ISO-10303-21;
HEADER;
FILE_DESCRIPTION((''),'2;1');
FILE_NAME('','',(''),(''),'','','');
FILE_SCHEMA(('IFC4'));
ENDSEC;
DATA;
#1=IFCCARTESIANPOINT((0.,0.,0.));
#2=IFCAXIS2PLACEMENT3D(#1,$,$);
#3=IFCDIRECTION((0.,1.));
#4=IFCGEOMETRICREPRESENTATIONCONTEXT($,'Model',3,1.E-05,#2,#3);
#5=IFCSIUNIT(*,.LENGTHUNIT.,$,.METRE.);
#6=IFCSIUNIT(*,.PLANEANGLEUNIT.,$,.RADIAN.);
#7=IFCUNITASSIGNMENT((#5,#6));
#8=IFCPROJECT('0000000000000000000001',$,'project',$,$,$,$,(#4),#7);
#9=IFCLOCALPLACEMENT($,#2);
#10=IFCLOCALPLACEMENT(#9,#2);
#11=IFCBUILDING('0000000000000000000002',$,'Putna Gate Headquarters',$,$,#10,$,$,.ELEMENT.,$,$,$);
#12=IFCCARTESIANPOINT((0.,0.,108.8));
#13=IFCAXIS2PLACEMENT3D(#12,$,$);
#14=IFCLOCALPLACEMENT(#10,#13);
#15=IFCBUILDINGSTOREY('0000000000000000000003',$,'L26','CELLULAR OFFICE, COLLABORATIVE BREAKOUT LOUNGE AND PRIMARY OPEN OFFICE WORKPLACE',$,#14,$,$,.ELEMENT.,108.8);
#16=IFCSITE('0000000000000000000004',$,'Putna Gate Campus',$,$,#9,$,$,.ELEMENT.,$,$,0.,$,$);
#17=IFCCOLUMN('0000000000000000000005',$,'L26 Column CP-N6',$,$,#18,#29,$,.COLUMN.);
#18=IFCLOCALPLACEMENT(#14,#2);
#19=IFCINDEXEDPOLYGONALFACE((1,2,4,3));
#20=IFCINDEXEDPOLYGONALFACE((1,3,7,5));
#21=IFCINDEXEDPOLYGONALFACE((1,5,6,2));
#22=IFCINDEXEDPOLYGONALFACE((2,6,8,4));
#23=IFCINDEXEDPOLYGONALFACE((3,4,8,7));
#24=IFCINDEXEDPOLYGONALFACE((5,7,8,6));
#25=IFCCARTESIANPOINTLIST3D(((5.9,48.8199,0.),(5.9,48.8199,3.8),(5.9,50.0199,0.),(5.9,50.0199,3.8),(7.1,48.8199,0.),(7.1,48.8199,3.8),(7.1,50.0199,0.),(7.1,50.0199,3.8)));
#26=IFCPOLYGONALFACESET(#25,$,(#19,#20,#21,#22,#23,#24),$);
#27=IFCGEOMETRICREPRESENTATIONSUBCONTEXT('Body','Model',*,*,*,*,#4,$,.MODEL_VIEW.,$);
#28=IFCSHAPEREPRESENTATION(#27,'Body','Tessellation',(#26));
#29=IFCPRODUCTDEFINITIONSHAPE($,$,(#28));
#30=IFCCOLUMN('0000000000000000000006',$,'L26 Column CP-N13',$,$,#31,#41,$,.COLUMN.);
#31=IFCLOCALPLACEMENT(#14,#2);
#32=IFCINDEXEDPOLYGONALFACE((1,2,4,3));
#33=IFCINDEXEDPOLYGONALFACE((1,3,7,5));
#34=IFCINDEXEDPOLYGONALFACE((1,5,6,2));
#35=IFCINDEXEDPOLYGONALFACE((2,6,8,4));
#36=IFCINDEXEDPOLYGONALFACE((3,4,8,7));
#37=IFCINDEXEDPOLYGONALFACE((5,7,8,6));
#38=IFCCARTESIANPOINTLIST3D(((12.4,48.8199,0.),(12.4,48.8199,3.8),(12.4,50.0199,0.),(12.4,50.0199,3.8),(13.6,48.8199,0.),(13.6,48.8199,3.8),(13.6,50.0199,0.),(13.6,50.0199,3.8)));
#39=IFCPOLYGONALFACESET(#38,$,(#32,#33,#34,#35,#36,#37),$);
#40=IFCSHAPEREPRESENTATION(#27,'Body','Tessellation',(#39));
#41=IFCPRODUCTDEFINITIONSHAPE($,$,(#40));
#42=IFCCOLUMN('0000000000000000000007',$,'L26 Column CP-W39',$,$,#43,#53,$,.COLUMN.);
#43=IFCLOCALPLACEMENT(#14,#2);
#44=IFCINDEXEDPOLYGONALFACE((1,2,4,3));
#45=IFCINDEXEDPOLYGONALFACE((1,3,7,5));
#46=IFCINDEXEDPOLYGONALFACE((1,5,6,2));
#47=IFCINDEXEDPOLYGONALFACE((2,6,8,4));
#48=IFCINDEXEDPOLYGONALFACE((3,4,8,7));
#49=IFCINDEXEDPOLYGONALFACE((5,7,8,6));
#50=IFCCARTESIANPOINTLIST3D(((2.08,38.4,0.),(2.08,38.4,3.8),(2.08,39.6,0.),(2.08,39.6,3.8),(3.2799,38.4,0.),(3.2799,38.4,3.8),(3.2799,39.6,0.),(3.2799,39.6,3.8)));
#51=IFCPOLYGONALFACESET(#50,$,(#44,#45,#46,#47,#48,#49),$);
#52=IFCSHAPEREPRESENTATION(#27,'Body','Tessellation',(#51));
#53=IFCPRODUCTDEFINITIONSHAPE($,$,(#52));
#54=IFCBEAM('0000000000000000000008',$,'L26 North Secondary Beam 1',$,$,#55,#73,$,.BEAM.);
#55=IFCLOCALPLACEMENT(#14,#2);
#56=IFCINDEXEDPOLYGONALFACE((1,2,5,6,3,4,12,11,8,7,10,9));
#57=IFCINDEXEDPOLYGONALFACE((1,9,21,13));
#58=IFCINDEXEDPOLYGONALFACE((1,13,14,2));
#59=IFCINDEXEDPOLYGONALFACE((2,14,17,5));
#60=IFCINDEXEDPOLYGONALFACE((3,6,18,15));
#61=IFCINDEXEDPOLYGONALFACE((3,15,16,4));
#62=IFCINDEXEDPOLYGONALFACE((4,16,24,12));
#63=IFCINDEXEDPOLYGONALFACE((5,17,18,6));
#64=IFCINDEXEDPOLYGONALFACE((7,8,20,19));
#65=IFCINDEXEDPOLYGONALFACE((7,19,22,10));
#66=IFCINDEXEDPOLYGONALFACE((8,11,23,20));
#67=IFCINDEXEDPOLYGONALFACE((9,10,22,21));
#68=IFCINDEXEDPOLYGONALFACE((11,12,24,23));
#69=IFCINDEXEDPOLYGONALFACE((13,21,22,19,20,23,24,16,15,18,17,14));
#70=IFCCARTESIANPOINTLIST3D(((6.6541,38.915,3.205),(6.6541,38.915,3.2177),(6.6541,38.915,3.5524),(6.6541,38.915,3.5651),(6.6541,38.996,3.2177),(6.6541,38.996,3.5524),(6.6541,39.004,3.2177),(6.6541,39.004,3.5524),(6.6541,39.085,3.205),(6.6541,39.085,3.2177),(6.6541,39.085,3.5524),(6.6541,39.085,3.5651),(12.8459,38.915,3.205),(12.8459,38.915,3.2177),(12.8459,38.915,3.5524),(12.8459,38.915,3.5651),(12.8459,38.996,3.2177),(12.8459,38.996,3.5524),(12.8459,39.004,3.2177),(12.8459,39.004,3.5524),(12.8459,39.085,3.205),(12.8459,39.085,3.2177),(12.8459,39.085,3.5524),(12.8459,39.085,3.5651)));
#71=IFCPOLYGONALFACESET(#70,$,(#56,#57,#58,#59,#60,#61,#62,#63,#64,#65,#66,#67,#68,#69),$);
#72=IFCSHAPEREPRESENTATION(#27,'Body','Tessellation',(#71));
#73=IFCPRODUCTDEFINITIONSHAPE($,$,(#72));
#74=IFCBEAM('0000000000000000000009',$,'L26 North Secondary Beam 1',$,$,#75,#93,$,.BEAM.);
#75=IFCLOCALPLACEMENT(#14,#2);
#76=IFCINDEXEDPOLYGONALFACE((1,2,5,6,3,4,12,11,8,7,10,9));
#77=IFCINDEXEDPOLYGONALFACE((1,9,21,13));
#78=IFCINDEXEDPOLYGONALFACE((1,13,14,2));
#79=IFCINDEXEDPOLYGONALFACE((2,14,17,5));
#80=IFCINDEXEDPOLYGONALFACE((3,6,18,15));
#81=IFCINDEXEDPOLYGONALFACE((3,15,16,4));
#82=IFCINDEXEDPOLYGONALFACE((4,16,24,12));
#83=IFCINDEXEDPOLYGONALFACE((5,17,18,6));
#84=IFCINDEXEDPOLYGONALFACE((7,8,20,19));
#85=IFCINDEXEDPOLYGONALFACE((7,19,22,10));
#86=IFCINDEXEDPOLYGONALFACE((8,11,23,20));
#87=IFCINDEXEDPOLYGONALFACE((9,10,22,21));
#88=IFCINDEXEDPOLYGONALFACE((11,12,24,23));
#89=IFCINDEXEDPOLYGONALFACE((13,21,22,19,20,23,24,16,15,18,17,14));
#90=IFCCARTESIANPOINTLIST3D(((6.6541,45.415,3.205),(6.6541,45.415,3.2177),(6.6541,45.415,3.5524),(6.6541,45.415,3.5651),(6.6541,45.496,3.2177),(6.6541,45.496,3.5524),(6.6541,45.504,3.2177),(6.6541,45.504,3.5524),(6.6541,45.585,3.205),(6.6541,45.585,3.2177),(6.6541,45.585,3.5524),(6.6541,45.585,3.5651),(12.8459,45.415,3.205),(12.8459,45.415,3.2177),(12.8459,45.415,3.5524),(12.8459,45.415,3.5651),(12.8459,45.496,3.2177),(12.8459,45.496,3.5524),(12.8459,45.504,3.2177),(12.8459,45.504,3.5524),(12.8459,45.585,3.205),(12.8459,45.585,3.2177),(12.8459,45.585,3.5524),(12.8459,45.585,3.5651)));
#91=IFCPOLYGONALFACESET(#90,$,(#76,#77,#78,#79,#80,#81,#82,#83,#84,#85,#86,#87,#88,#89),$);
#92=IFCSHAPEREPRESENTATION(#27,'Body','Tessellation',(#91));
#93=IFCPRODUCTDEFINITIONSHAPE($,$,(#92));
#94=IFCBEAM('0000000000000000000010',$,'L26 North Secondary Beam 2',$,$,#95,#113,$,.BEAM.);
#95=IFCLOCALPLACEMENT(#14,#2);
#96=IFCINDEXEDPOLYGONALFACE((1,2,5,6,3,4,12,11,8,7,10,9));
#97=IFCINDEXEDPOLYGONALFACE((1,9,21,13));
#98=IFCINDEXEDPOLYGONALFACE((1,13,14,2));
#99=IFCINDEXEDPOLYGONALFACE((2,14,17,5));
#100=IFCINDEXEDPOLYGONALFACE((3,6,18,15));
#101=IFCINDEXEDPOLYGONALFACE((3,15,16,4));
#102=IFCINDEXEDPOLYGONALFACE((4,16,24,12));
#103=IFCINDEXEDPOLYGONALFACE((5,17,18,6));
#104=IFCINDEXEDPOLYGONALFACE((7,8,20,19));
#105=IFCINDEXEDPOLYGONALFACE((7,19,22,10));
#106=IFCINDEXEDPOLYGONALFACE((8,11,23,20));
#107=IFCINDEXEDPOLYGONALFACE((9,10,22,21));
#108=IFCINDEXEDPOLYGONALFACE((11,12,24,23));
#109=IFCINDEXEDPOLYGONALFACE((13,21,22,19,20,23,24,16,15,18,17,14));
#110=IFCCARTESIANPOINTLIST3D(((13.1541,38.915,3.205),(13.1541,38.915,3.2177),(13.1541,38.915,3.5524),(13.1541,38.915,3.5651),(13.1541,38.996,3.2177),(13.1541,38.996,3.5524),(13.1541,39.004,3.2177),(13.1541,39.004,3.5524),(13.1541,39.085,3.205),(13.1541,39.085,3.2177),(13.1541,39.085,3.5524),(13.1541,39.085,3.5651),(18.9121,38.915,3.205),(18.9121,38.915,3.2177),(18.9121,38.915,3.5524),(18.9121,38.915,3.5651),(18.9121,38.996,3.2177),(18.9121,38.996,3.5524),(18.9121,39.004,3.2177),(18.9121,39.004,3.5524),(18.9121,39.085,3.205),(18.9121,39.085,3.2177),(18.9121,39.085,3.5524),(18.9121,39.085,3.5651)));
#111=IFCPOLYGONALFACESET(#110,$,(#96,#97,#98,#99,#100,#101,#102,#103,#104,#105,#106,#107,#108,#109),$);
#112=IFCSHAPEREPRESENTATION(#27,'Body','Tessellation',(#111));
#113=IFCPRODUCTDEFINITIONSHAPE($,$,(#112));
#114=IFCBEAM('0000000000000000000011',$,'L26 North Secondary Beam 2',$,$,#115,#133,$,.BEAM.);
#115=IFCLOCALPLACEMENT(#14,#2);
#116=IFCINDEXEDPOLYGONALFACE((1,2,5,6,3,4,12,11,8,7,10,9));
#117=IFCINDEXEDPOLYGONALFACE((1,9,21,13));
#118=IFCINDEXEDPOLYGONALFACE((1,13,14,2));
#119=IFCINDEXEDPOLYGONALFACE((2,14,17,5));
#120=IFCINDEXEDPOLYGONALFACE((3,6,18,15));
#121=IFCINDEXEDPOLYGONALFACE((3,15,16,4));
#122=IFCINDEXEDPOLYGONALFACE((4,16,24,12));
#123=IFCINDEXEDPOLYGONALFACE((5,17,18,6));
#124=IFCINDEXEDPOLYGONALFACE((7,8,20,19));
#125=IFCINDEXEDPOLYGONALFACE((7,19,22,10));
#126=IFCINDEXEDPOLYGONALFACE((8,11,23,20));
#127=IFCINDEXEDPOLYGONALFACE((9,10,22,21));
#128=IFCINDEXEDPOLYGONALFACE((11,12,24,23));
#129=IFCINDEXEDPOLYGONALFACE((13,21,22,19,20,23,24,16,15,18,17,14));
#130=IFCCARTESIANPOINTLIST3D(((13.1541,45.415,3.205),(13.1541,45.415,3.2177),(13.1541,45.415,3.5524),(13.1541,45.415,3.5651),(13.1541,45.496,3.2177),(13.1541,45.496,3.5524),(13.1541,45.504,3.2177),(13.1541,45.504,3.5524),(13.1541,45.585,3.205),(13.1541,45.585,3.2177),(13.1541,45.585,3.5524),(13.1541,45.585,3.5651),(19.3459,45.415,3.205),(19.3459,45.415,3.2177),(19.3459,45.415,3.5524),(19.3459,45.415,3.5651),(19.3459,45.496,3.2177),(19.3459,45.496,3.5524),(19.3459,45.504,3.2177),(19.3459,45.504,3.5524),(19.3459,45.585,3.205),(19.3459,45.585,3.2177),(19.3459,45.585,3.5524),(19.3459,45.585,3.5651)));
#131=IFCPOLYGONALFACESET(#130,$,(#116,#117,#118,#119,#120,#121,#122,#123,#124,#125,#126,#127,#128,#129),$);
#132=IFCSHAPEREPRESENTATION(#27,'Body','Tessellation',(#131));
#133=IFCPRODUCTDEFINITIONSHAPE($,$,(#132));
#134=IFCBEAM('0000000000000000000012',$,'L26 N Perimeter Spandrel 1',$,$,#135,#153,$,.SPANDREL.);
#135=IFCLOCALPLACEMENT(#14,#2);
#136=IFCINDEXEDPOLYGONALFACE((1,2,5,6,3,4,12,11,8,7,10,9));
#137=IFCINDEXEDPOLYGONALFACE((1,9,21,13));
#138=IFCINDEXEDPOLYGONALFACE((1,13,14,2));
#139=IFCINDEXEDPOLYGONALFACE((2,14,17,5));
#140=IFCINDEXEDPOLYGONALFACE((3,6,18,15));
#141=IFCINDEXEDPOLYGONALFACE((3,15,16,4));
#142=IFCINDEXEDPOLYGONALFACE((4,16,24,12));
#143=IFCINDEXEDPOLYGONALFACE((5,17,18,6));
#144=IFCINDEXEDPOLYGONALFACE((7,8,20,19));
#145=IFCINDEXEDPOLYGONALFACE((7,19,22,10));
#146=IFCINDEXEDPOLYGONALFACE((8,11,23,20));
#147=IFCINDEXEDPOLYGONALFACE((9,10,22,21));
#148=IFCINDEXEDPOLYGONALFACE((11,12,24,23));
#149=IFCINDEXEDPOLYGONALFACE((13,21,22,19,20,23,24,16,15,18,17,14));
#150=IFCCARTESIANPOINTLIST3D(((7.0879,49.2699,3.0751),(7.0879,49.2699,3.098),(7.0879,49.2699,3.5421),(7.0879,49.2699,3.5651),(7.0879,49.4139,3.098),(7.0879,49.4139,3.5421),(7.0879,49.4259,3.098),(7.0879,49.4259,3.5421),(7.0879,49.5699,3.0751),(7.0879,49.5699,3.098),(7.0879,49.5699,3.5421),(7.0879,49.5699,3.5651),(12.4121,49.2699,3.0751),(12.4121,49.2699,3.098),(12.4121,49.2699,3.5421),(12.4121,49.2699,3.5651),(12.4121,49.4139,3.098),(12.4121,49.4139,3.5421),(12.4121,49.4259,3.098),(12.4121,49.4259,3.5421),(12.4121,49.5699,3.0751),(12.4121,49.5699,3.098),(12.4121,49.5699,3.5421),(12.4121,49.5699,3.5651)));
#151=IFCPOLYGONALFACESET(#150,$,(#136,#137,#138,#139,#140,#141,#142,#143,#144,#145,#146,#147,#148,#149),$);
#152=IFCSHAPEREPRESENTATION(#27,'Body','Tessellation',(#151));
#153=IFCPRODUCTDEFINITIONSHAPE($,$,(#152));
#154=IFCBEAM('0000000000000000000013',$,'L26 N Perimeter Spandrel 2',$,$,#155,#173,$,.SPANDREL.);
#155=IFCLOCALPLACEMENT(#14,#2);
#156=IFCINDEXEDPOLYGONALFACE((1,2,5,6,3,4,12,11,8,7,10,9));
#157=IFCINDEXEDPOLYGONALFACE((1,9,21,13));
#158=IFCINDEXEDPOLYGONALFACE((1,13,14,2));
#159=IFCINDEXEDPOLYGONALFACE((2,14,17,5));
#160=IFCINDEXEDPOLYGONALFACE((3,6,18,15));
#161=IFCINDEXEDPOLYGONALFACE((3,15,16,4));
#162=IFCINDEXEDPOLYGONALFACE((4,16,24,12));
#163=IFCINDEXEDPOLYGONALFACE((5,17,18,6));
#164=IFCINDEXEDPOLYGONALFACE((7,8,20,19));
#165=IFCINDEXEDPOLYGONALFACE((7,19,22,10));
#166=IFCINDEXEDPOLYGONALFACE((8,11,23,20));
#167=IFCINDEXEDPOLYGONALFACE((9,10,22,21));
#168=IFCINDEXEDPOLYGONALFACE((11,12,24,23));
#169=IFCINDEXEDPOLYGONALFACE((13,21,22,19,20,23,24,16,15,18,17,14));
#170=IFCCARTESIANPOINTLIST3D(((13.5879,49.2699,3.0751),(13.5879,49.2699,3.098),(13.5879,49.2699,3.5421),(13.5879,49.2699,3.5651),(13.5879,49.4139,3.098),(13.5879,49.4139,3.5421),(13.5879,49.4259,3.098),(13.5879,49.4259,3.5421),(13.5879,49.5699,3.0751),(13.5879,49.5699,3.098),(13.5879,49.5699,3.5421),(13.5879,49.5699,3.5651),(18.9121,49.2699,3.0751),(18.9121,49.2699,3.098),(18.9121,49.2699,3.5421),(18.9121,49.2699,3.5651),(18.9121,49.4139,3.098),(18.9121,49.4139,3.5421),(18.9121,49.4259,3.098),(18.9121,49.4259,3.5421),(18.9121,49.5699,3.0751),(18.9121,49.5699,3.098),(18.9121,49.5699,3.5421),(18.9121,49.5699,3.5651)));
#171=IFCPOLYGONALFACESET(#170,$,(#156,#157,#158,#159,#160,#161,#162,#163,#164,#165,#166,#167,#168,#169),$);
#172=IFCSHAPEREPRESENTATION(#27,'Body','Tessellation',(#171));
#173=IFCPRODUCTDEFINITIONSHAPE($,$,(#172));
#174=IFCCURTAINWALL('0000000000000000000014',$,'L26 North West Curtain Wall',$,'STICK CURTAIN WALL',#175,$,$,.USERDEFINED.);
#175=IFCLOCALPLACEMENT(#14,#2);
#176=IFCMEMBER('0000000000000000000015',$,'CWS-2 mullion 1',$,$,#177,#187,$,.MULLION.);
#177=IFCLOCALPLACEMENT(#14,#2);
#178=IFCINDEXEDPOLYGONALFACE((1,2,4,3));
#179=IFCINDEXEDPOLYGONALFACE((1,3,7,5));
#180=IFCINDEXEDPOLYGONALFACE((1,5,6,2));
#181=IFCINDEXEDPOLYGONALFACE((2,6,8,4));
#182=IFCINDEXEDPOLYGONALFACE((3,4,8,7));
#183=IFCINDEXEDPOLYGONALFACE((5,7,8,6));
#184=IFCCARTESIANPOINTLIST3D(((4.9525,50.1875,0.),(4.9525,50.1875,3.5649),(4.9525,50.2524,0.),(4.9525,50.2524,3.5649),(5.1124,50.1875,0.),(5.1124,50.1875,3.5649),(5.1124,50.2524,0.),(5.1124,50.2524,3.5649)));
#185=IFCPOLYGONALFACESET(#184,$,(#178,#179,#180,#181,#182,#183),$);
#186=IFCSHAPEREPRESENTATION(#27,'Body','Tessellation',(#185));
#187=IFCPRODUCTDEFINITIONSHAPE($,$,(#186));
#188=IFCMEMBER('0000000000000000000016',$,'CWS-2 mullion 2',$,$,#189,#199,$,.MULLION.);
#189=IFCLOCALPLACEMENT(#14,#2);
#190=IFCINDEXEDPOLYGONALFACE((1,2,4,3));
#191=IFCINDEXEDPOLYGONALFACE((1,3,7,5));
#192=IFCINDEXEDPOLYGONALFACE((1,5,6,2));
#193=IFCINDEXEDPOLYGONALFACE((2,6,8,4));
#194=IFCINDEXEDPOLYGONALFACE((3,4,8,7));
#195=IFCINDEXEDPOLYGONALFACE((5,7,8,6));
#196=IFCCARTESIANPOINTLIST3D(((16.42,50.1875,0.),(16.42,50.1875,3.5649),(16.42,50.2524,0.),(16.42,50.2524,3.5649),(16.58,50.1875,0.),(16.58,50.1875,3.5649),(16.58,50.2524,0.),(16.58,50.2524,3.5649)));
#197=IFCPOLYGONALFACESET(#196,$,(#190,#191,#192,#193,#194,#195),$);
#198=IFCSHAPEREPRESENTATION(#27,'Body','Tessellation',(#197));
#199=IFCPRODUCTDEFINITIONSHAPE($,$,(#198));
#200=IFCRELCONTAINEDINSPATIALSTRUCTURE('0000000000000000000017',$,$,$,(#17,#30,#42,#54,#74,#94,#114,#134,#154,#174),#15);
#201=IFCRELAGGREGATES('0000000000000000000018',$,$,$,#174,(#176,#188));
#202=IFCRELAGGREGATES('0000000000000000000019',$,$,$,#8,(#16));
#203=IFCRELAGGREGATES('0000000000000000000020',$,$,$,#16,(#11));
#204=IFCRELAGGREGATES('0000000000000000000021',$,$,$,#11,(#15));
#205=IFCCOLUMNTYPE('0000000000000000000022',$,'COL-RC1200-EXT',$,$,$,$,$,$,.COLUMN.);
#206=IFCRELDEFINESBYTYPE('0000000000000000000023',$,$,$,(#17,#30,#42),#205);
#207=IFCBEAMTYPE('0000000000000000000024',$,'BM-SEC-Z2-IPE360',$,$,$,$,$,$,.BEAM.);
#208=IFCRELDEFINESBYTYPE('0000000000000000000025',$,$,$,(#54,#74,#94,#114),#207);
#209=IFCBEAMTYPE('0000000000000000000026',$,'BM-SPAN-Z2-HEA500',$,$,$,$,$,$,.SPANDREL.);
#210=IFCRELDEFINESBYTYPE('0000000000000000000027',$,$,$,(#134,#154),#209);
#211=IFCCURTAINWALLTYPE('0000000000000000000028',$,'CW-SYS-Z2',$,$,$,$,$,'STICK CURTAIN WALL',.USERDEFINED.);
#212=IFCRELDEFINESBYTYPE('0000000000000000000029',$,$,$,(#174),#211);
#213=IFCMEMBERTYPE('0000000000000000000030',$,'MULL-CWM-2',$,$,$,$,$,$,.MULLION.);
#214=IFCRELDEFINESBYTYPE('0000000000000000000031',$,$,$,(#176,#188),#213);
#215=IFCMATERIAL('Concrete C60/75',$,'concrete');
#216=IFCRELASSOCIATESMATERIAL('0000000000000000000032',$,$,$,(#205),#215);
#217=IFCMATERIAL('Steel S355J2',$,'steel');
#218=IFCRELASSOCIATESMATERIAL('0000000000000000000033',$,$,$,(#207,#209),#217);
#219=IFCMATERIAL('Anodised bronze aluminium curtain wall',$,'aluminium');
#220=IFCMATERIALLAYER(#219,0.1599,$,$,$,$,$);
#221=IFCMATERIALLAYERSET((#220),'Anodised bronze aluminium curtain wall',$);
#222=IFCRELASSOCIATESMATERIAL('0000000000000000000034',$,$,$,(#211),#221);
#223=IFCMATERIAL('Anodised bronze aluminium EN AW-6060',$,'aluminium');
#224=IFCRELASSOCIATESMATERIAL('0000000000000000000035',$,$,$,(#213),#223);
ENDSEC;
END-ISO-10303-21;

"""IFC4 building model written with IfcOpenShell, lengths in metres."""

from ifc_helpers import new_model, si_unit, direction, frame, origin, origin_2d, place, context, subcontext, project, spatial, rectangle, i_section, extrude, material, layer, layer_set, material_profile, profile_set, type_object, element, aggregate, save


model = new_model("IFC4")

# Units and contexts
model_context = context("Model", 3, precision=1e-05, world=origin(), true_north=direction((0.0, 1.0)))
body_context = subcontext(model_context, "Body", "Model", "MODEL_VIEW")
ifc_project = project(units=[si_unit("LENGTHUNIT", "METRE"), si_unit("PLANEANGLEUNIT", "RADIAN")], contexts=[model_context])

# Site, building, storey
site_placement = place(None, origin())
site = spatial("IfcSite", under=ifc_project, at=site_placement, Name="Putna Gate Campus", CompositionType="ELEMENT", RefElevation=0.0)
building_placement = place(site_placement, origin())
building = spatial("IfcBuilding", under=site, at=building_placement, Name="Putna Gate Headquarters", CompositionType="ELEMENT")
storey_placement = place(building_placement, frame((0.0, 0.0, 108.8)))
storey = spatial("IfcBuildingStorey", under=building, at=storey_placement, Name="L26", Description="CELLULAR OFFICE, COLLABORATIVE BREAKOUT LOUNGE AND PRIMARY OPEN OFFICE WORKPLACE", CompositionType="ELEMENT", Elevation=108.8)

# Columns
ifc_material_1 = material(Name="Concrete C60/75", Category="concrete")
ifc_material_profile_1 = material_profile(ifc_material_1, rectangle(XDim=1.2, YDim=1.2, at=origin_2d()), Name="Concrete C60/75")
ifc_profile_set_1 = profile_set([ifc_material_profile_1], Name="Concrete C60/75")
column_type = type_object("IfcColumnType", Name="COL-RC1200-EXT", PredefinedType="COLUMN", material=ifc_profile_set_1)
for number, where, z_axis, x_axis, name in (
    (1, (6.5, 49.4199, 0.0), (0.0, 0.0, 1.0), (1.0, 0.0, 0.0), "L26 Column CP-N6"),
    (2, (13.0, 49.4199, 0.0), (0.0, 0.0, 1.0), (1.0, 0.0, 0.0), "L26 Column CP-N13"),
    (3, (2.6799, 39.0, 0.0), (0.0, 0.0, 1.0), (1.0, 0.0, 0.0), "L26 Column CP-W39"),
):
    element("IfcColumn", number, at=place(storey_placement, frame(where, z_axis=z_axis, x_axis=x_axis)), inside=storey, type_object=column_type, Name=name, PredefinedType="COLUMN", context=body_context, shape_type="SweptSolid", body=[
        extrude(rectangle(XDim=1.2, YDim=1.2, at=origin_2d()), origin(), (0.0, 0.0, 1.0), 3.8),
    ])

# Beams
ifc_material_2 = material(Name="Steel S355J2", Category="steel")
ifc_material_profile_2 = material_profile(ifc_material_2, i_section(OverallWidth=0.1699, OverallDepth=0.3601, WebThickness=0.0081, FlangeThickness=0.0127, at=origin_2d()), Name="Steel S355J2")
ifc_profile_set_2 = profile_set([ifc_material_profile_2], Name="Steel S355J2")
beam_type_1 = type_object("IfcBeamType", Name="BM-SEC-Z2-IPE360", PredefinedType="BEAM", material=ifc_profile_set_2)
for number, where, z_axis, x_axis, name in (
    (4, (6.6541, 39.0, 3.385), (1.0, 0.0, 0.0), (0.0, 1.0, 0.0), "L26 North Secondary Beam 1"),
    (5, (6.6541, 45.5, 3.385), (1.0, 0.0, 0.0), (0.0, 1.0, 0.0), "L26 North Secondary Beam 1"),
):
    element("IfcBeam", number, at=place(storey_placement, frame(where, z_axis=z_axis, x_axis=x_axis)), inside=storey, type_object=beam_type_1, Name=name, PredefinedType="BEAM", context=body_context, shape_type="SweptSolid", body=[
        extrude(i_section(OverallWidth=0.1699, OverallDepth=0.3601, WebThickness=0.0081, FlangeThickness=0.0127, at=origin_2d()), origin(), (0.0, 0.0, 1.0), 6.1919),
    ])
beam_1_placement = place(storey_placement, frame((13.1541, 39.0, 3.385), z_axis=(1.0, 0.0, 0.0), x_axis=(0.0, 1.0, 0.0)))
element("IfcBeam", 6, at=beam_1_placement, inside=storey, type_object=beam_type_1, Name="L26 North Secondary Beam 2", PredefinedType="BEAM", context=body_context, shape_type="SweptSolid", body=[
    extrude(i_section(OverallWidth=0.1699, OverallDepth=0.3601, WebThickness=0.0081, FlangeThickness=0.0127, at=origin_2d()), origin(), (0.0, 0.0, 1.0), 5.7581),
])
beam_2_placement = place(storey_placement, frame((13.1541, 45.5, 3.385), z_axis=(1.0, 0.0, 0.0), x_axis=(0.0, 1.0, 0.0)))
element("IfcBeam", 7, at=beam_2_placement, inside=storey, type_object=beam_type_1, Name="L26 North Secondary Beam 2", PredefinedType="BEAM", context=body_context, shape_type="SweptSolid", body=[
    extrude(i_section(OverallWidth=0.1699, OverallDepth=0.3601, WebThickness=0.0081, FlangeThickness=0.0127, at=origin_2d()), origin(), (0.0, 0.0, 1.0), 6.1919),
])
ifc_material_profile_3 = material_profile(ifc_material_2, i_section(OverallWidth=0.3, OverallDepth=0.49, WebThickness=0.012, FlangeThickness=0.0229, at=origin_2d()), Name="Steel S355J2")
ifc_profile_set_3 = profile_set([ifc_material_profile_3], Name="Steel S355J2")
beam_type_2 = type_object("IfcBeamType", Name="BM-SPAN-Z2-HEA500", PredefinedType="SPANDREL", material=ifc_profile_set_3)
for number, where, z_axis, x_axis, name in (
    (8, (7.0879, 49.4199, 3.3201), (1.0, 0.0, 0.0), (0.0, 1.0, 0.0), "L26 N Perimeter Spandrel 1"),
    (9, (13.5879, 49.4199, 3.3201), (1.0, 0.0, 0.0), (0.0, 1.0, 0.0), "L26 N Perimeter Spandrel 2"),
):
    element("IfcBeam", number, at=place(storey_placement, frame(where, z_axis=z_axis, x_axis=x_axis)), inside=storey, type_object=beam_type_2, Name=name, PredefinedType="SPANDREL", context=body_context, shape_type="SweptSolid", body=[
        extrude(i_section(OverallWidth=0.3, OverallDepth=0.49, WebThickness=0.012, FlangeThickness=0.0229, at=origin_2d()), origin(), (0.0, 0.0, 1.0), 5.3242),
    ])

# Curtain wall, members
ifc_material_3 = material(Name="Anodised bronze aluminium curtain wall", Category="aluminium")
ifc_layer_1 = layer(ifc_material_3, 0.1599)
ifc_layer_set_1 = layer_set([ifc_layer_1], Name="Anodised bronze aluminium curtain wall")
curtain_wall_type = type_object("IfcCurtainWallType", Name="CW-SYS-Z2", ElementType="STICK CURTAIN WALL", PredefinedType="USERDEFINED", material=ifc_layer_set_1)
curtain_wall_1_placement = place(storey_placement, origin())
curtain_wall_1 = element("IfcCurtainWall", 10, at=curtain_wall_1_placement, inside=storey, type_object=curtain_wall_type, Name="L26 North West Curtain Wall", ObjectType="STICK CURTAIN WALL", PredefinedType="USERDEFINED")
ifc_material_4 = material(Name="Anodised bronze aluminium EN AW-6060", Category="aluminium")
ifc_material_profile_4 = material_profile(ifc_material_4, rectangle(XDim=0.0649, YDim=0.1599, at=origin_2d()), Name="Anodised bronze aluminium EN AW-6060")
ifc_profile_set_4 = profile_set([ifc_material_profile_4], Name="Anodised bronze aluminium EN AW-6060")
member_type_1 = type_object("IfcMemberType", Name="MULL-CWM-2", PredefinedType="MULLION", material=ifc_profile_set_4)
member_1_placement = place(storey_placement, frame((5.0325, 50.22, 0.0), z_axis=(0.0, 0.0, 1.0), x_axis=(0.0, 1.0, 0.0)))
member_1 = element("IfcMember", 11, at=member_1_placement, type_object=member_type_1, Name="CWS-2 mullion 1", PredefinedType="MULLION", context=body_context, shape_type="SweptSolid", body=[
    extrude(rectangle(XDim=0.0649, YDim=0.1599, at=origin_2d()), origin(), (0.0, 0.0, 1.0), 3.5649),
])
member_2_placement = place(storey_placement, frame((16.5, 50.22, 0.0), z_axis=(0.0, 0.0, 1.0), x_axis=(0.0, 1.0, 0.0)))
member_2 = element("IfcMember", 12, at=member_2_placement, type_object=member_type_1, Name="CWS-2 mullion 2", PredefinedType="MULLION", context=body_context, shape_type="SweptSolid", body=[
    extrude(rectangle(XDim=0.0649, YDim=0.1599, at=origin_2d()), origin(), (0.0, 0.0, 1.0), 3.5649),
])

aggregate(curtain_wall_1, [member_1, member_2])

save(model, "model.ifc")
